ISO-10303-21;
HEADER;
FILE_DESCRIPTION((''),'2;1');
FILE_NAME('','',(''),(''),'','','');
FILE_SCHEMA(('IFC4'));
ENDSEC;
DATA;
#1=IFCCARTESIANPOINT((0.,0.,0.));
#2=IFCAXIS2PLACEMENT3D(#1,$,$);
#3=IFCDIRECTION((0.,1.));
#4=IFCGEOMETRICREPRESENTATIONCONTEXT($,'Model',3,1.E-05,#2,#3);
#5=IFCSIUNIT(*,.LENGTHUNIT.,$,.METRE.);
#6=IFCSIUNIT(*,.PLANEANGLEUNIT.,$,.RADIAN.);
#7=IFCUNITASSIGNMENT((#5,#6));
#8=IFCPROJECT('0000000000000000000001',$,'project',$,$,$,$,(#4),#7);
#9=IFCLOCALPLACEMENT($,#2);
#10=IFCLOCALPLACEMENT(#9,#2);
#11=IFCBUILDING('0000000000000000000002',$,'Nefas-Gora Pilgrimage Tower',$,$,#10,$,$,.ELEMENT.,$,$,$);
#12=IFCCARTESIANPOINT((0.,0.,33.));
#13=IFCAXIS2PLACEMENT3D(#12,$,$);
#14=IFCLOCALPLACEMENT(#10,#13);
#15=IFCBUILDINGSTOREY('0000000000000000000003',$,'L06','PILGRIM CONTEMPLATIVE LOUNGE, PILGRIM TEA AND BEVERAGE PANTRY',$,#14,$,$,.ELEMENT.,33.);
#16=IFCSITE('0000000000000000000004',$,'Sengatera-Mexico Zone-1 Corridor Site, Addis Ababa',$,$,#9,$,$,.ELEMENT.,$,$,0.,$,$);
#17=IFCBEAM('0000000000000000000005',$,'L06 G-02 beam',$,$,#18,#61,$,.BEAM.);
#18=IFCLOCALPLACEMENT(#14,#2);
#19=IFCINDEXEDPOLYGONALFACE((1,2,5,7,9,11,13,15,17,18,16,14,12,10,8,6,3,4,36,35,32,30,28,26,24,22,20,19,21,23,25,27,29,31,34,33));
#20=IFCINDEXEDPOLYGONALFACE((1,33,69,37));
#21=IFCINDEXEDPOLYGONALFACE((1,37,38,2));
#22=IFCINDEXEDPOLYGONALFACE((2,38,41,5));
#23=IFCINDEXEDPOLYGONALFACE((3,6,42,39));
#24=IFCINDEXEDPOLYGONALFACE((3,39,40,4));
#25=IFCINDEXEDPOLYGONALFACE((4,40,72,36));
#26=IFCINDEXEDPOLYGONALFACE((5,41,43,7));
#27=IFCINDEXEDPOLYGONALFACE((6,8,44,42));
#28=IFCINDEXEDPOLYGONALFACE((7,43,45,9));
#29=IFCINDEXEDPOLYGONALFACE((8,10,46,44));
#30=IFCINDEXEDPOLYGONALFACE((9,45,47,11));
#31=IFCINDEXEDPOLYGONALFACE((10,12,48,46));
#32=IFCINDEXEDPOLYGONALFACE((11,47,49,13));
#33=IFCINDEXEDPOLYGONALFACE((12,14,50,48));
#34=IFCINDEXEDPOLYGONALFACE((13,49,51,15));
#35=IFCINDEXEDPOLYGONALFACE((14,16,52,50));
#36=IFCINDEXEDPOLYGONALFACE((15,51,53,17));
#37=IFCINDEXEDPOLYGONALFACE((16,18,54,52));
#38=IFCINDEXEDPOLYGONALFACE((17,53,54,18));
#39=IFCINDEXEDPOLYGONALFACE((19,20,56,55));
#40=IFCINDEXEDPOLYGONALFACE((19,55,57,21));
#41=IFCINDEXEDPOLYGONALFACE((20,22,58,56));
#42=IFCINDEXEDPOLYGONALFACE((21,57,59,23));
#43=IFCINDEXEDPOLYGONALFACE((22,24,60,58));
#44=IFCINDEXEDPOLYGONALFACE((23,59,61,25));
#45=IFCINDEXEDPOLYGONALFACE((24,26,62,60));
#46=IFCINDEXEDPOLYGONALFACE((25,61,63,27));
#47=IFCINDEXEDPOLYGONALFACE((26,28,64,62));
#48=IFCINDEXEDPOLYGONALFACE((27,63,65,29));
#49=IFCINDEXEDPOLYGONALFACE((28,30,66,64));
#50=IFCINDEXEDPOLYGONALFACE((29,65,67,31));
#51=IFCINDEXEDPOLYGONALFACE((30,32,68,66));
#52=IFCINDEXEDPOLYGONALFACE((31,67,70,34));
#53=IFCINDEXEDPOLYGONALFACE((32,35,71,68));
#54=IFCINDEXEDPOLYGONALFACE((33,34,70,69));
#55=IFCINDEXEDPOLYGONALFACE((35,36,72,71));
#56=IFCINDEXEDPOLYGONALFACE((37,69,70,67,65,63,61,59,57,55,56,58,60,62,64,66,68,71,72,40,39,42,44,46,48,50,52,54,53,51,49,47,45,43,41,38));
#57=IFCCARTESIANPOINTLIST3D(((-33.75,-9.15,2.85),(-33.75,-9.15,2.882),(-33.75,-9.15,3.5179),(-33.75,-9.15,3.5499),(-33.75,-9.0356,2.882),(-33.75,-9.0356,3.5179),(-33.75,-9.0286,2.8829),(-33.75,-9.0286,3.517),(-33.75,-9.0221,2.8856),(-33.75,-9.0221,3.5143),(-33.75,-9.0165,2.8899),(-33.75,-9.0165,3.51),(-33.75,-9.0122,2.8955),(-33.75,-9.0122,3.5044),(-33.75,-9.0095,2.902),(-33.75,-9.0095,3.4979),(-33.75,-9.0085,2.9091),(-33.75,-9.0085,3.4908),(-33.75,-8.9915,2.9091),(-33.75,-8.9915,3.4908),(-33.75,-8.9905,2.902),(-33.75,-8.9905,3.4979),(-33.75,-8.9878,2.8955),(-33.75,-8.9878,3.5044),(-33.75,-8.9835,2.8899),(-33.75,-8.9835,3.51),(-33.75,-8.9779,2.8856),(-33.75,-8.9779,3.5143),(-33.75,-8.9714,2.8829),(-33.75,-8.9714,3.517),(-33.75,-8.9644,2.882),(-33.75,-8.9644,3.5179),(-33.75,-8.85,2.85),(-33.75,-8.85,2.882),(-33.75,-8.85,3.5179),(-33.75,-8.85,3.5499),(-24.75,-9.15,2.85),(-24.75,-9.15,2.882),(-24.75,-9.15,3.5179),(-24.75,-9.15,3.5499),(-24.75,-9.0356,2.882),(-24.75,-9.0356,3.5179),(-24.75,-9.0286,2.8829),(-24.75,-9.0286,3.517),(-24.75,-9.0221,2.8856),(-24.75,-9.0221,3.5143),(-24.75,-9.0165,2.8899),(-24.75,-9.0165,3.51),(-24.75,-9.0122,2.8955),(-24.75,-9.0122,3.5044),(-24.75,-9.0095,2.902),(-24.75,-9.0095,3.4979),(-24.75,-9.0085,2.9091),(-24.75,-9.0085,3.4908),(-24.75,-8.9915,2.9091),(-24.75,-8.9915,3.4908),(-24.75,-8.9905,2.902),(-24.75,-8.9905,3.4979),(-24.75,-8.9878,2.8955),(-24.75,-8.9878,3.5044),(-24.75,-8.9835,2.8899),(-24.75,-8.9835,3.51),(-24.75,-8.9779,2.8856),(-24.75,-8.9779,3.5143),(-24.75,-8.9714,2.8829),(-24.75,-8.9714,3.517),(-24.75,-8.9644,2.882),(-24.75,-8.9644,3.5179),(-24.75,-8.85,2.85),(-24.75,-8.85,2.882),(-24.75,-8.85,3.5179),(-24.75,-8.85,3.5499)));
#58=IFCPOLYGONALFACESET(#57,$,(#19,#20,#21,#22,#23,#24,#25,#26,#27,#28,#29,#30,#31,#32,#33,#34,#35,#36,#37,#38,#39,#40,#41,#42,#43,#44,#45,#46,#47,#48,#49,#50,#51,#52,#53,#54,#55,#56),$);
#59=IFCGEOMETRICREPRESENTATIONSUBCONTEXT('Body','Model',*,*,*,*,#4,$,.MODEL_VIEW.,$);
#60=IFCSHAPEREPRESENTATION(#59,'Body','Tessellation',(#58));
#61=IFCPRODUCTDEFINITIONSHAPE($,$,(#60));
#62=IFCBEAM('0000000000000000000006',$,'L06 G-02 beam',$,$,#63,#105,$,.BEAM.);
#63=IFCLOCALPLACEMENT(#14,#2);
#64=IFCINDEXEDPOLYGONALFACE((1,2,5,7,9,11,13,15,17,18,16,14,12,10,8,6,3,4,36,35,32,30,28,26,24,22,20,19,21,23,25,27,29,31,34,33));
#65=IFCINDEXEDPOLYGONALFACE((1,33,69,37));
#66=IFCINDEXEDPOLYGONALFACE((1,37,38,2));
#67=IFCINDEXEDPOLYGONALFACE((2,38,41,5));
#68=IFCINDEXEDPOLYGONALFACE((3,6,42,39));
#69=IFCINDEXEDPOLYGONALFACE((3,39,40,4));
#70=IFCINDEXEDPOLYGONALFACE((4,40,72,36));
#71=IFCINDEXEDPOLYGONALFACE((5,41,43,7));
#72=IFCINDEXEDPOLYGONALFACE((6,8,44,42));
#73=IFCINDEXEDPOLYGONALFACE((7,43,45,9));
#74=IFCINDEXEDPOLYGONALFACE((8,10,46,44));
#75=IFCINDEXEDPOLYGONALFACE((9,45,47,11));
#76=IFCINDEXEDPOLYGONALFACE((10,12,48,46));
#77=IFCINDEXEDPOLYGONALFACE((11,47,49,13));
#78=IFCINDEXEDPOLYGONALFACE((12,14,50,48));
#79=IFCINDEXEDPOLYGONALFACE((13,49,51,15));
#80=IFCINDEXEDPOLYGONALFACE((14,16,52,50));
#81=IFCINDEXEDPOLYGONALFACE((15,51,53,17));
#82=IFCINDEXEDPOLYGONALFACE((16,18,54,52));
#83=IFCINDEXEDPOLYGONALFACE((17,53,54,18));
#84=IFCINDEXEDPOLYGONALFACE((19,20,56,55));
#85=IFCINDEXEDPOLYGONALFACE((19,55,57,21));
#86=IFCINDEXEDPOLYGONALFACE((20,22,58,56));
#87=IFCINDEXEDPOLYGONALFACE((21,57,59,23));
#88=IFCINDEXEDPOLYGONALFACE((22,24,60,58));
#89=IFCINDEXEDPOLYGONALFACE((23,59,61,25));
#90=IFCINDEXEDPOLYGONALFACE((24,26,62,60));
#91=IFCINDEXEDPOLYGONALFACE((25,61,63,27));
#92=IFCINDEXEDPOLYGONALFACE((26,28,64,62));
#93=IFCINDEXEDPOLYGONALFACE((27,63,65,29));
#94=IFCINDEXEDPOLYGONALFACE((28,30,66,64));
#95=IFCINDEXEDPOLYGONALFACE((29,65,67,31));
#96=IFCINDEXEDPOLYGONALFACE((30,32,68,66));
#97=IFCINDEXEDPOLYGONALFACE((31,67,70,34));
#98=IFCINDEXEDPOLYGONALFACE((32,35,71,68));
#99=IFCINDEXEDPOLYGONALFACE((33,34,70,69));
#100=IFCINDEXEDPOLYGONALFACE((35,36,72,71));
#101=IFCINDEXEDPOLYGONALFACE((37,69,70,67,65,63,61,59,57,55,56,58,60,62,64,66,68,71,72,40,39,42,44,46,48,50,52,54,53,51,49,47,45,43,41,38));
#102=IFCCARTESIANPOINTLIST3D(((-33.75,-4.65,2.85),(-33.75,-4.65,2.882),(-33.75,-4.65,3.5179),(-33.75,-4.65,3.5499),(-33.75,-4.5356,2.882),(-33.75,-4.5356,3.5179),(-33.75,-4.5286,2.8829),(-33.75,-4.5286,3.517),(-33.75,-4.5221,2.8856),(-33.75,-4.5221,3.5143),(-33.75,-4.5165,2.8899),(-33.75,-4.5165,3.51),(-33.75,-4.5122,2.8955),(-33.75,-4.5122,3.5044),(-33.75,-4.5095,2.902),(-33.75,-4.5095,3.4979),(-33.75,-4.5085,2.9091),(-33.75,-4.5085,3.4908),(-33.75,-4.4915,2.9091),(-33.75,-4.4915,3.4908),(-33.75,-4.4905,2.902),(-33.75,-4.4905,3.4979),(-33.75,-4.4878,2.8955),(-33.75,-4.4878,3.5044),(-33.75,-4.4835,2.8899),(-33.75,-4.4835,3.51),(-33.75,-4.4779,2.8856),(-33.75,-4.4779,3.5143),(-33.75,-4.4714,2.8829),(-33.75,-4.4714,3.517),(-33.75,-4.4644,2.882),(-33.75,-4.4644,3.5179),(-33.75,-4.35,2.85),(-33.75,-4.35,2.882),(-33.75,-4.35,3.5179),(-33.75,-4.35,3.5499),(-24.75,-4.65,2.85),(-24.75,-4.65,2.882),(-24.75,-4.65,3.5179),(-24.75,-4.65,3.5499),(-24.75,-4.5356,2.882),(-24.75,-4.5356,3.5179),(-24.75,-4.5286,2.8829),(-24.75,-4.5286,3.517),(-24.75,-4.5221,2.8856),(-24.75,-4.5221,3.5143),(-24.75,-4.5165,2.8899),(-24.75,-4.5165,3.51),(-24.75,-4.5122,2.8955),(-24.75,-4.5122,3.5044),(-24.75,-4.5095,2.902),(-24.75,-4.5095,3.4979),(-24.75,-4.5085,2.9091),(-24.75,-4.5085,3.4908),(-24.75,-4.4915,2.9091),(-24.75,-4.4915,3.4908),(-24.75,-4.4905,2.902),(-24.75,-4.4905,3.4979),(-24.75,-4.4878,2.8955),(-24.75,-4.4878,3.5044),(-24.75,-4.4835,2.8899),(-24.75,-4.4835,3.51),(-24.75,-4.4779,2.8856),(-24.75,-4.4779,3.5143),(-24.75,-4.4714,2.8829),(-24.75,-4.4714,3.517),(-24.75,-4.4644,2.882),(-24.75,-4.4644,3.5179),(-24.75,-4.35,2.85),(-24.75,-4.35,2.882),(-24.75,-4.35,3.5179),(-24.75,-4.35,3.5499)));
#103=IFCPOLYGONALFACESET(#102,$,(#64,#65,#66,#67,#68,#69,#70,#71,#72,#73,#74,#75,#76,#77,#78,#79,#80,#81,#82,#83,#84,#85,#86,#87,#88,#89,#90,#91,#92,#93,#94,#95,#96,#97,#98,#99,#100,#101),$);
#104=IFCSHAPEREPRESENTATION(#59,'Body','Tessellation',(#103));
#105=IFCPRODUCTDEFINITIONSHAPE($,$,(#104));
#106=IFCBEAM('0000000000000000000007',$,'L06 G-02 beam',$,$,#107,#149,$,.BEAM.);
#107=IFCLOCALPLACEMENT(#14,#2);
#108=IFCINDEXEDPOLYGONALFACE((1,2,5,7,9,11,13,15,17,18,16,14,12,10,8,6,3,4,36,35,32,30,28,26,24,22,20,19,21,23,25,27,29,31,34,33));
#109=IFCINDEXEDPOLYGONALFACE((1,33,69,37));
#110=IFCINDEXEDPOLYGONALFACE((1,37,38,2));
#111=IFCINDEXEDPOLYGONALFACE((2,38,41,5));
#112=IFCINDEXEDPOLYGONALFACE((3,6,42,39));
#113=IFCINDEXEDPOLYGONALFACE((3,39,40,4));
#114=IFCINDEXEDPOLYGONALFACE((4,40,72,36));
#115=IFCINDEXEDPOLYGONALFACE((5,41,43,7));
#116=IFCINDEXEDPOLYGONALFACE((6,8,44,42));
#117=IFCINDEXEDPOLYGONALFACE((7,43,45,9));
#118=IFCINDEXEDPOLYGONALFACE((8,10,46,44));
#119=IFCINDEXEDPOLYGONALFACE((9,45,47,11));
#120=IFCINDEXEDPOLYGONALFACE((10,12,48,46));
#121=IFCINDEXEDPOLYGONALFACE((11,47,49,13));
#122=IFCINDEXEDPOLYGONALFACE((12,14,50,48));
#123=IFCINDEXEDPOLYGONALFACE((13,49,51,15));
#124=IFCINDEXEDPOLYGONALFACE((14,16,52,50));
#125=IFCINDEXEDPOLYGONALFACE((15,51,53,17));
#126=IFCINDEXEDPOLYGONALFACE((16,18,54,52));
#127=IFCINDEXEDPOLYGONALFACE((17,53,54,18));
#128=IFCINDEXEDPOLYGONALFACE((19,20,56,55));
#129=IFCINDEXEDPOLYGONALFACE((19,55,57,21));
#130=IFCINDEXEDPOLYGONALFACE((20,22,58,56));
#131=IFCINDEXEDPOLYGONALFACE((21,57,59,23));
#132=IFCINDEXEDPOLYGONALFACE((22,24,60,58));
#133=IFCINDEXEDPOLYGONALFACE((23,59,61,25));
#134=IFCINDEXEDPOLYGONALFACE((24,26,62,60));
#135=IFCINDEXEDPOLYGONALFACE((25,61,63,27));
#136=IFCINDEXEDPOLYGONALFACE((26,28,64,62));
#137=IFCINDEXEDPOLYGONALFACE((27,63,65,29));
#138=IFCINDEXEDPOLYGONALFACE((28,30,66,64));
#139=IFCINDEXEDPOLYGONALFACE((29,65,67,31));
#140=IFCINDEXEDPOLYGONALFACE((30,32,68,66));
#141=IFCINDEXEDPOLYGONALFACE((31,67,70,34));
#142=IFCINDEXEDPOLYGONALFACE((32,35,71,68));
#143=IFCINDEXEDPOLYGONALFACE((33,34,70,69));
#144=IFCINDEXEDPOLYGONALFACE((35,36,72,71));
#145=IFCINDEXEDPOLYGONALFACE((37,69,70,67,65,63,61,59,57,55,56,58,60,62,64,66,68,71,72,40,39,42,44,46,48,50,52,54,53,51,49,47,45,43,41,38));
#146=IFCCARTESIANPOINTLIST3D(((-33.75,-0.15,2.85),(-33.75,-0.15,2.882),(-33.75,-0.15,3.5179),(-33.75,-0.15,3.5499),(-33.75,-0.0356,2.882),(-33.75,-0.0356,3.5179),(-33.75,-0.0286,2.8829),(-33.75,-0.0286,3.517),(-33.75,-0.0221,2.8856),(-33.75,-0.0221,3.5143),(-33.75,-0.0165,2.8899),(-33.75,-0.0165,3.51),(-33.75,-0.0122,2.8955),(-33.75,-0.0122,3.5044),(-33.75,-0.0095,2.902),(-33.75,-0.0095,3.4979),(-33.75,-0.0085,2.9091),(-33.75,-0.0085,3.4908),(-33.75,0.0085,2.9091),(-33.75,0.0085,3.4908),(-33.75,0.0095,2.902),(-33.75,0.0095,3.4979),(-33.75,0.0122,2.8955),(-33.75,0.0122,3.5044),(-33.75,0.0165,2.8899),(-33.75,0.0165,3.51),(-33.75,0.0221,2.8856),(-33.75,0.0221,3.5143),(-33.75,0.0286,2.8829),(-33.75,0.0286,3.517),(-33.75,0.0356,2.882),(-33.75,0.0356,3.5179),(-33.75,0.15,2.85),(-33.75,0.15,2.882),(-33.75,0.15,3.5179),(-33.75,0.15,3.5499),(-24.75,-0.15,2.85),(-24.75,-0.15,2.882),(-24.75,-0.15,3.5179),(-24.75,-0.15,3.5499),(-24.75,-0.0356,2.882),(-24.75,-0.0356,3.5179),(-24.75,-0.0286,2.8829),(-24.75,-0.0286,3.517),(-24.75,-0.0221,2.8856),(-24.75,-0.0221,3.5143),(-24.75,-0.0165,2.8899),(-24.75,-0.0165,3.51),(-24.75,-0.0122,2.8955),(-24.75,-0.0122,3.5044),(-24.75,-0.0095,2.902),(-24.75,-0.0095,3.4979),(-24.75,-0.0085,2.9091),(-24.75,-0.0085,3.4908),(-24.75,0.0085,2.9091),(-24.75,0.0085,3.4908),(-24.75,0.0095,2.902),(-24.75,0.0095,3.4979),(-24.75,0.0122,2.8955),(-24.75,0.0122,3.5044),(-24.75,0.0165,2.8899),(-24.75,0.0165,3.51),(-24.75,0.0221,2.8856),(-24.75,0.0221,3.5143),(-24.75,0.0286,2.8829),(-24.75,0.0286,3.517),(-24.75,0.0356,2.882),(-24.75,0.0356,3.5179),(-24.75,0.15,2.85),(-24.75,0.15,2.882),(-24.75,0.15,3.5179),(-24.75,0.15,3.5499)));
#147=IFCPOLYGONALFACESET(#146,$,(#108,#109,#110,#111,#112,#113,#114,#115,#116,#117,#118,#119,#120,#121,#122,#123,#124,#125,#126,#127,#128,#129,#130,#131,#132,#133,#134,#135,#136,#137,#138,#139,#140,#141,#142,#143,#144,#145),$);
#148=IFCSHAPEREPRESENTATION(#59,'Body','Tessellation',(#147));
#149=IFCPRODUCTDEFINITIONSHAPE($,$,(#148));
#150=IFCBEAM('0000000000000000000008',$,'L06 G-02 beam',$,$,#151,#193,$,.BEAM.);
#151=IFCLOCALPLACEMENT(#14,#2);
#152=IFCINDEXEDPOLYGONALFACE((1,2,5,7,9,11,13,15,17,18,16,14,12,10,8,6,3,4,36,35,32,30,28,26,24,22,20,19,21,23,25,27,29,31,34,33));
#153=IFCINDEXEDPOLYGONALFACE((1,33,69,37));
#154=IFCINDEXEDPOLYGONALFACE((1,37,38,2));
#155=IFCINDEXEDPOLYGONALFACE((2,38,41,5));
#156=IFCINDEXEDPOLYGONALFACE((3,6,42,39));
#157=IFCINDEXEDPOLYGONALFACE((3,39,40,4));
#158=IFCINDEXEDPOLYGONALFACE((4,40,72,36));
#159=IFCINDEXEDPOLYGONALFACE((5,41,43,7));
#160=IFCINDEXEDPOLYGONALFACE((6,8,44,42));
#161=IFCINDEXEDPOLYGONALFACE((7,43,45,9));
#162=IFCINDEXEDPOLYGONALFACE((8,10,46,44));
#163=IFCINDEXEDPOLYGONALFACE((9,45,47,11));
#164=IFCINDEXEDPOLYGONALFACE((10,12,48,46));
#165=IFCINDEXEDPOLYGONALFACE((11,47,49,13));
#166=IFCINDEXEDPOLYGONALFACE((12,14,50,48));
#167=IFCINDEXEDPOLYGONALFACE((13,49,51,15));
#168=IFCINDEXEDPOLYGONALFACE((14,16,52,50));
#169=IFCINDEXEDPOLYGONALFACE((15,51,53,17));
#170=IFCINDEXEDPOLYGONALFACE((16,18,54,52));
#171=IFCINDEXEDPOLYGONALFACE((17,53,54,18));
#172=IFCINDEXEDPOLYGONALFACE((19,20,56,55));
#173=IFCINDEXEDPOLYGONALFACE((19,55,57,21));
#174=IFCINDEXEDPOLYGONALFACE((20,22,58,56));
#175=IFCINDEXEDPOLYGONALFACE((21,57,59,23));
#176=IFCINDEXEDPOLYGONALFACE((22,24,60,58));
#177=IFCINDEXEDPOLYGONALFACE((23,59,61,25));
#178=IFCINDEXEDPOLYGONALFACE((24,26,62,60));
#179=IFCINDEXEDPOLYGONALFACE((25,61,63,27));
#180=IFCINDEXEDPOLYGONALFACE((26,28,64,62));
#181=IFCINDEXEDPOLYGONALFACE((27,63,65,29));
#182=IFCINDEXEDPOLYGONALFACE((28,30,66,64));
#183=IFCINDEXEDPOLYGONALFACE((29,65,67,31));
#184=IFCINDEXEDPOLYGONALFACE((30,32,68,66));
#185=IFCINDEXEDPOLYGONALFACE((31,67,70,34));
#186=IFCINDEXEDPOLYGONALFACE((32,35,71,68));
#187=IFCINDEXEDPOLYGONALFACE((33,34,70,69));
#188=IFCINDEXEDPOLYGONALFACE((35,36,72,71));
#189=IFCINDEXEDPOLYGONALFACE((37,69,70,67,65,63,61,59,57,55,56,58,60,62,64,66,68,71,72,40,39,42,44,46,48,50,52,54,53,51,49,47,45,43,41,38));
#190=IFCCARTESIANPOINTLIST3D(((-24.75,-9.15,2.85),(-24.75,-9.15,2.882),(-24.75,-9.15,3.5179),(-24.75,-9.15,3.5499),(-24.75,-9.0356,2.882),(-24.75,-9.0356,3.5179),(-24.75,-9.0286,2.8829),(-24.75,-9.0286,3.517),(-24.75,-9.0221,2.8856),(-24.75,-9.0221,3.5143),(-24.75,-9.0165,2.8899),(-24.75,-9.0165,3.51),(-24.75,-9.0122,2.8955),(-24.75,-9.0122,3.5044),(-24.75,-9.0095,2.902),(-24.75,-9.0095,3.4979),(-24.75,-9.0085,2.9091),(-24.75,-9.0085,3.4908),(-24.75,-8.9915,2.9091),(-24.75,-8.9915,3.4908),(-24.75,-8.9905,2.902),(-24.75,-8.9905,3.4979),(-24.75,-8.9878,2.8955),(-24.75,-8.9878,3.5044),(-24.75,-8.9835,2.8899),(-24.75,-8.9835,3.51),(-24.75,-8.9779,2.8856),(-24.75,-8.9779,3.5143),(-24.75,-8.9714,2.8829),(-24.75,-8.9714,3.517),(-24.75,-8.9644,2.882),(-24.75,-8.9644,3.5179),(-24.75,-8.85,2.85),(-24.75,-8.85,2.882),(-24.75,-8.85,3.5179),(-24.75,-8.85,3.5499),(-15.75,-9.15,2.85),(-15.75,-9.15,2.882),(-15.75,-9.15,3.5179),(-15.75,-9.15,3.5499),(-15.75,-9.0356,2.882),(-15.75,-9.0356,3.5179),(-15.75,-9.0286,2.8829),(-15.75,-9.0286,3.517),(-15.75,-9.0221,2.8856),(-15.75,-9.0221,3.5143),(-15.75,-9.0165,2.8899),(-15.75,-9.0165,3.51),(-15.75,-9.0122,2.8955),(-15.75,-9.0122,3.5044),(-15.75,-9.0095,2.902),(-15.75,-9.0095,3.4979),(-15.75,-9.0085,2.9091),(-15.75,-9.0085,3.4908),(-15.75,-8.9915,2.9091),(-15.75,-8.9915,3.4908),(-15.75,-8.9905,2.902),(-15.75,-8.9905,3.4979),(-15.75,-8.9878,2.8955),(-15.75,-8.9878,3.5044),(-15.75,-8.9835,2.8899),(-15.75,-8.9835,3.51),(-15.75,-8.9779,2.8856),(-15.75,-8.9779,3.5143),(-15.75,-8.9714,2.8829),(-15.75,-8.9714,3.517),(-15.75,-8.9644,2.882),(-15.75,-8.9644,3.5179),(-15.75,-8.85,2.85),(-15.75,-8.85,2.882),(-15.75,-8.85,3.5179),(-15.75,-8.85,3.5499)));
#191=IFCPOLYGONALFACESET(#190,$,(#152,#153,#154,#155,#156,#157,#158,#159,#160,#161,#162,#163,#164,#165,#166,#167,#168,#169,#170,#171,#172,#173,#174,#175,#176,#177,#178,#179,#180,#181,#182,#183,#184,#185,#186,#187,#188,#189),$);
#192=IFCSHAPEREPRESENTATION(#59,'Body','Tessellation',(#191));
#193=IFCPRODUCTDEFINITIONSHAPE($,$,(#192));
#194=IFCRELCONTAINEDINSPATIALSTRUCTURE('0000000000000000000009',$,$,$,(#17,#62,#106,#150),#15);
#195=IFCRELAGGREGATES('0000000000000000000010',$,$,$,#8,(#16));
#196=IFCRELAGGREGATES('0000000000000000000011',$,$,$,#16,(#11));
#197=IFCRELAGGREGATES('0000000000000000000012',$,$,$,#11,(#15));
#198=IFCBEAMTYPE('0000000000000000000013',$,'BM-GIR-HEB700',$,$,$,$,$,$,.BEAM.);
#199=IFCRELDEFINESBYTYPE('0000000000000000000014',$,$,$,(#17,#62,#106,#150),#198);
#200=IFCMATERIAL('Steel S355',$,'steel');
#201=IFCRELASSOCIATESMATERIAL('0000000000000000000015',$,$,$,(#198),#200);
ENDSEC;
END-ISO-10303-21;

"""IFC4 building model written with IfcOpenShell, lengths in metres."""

from ifc_helpers import new_model, si_unit, direction, frame, origin, origin_2d, place, context, subcontext, project, spatial, i_section, extrude, source, transform, mapped, material, material_profile, profile_set, type_object, element, save


model = new_model("IFC4")

# Units and contexts
model_context = context("Model", 3, precision=1e-05, world=origin(), true_north=direction((0.0, 1.0)))
body_context = subcontext(model_context, "Body", "Model", "MODEL_VIEW")
ifc_project = project(units=[si_unit("LENGTHUNIT", "METRE"), si_unit("PLANEANGLEUNIT", "RADIAN")], contexts=[model_context])

# Site, building, storey
site_placement = place(None, origin())
site = spatial("IfcSite", under=ifc_project, at=site_placement, Name="Sengatera-Mexico Zone-1 Corridor Site, Addis Ababa", CompositionType="ELEMENT", RefElevation=0.0)
building_placement = place(site_placement, origin())
building = spatial("IfcBuilding", under=site, at=building_placement, Name="Nefas-Gora Pilgrimage Tower", CompositionType="ELEMENT")
storey_placement = place(building_placement, frame((0.0, 0.0, 33.0)))
storey = spatial("IfcBuildingStorey", under=building, at=storey_placement, Name="L06", Description="PILGRIM CONTEMPLATIVE LOUNGE, PILGRIM TEA AND BEVERAGE PANTRY", CompositionType="ELEMENT", Elevation=33.0)

# Beams
ifc_material_1 = material(Name="Steel S355", Category="steel")
ifc_material_profile_1 = material_profile(ifc_material_1, i_section(OverallWidth=0.3, OverallDepth=0.7, WebThickness=0.0171, FlangeThickness=0.032, FilletRadius=0.0271, at=origin_2d()), Name="HEB 700")
ifc_profile_set_1 = profile_set([ifc_material_profile_1], Name="Steel S355")
beam_type_1 = type_object("IfcBeamType", Name="BM-GIR-HEB700", PredefinedType="BEAM", material=ifc_profile_set_1)
shared_shape_1 = source(origin(), body_context, "Body", "SweptSolid", [
    extrude(i_section(OverallWidth=0.3, OverallDepth=0.7, WebThickness=0.0171, FlangeThickness=0.032, FilletRadius=0.0271, at=origin_2d()), origin(), (0.0, 0.0, 1.0), 9.0),
])
for number, where, z_axis, x_axis, name in (
    (1, (-33.75, -9.0, 3.2), (1.0, 0.0, 0.0), (0.0, 1.0, 0.0), "L06 G-02 beam"),
    (2, (-33.75, -4.5, 3.2), (1.0, 0.0, 0.0), (0.0, 1.0, 0.0), "L06 G-02 beam"),
    (3, (-33.75, 0.0, 3.2), (1.0, 0.0, 0.0), (0.0, 1.0, 0.0), "L06 G-02 beam"),
    (4, (-24.75, -9.0, 3.2), (1.0, 0.0, 0.0), (0.0, 1.0, 0.0), "L06 G-02 beam"),
):
    element("IfcBeam", number, at=place(storey_placement, frame(where, z_axis=z_axis, x_axis=x_axis)), inside=storey, type_object=beam_type_1, Name=name, PredefinedType="BEAM", context=body_context, shape_type="MappedRepresentation", body=[
        mapped(shared_shape_1, transform((0.0, 0.0, 0.0), x_axis=(1.0, 0.0, 0.0), y_axis=(0.0, 1.0, 0.0), z_axis=(0.0, 0.0, 1.0), scale=1.0)),
    ])

save(model, "model.ifc")
